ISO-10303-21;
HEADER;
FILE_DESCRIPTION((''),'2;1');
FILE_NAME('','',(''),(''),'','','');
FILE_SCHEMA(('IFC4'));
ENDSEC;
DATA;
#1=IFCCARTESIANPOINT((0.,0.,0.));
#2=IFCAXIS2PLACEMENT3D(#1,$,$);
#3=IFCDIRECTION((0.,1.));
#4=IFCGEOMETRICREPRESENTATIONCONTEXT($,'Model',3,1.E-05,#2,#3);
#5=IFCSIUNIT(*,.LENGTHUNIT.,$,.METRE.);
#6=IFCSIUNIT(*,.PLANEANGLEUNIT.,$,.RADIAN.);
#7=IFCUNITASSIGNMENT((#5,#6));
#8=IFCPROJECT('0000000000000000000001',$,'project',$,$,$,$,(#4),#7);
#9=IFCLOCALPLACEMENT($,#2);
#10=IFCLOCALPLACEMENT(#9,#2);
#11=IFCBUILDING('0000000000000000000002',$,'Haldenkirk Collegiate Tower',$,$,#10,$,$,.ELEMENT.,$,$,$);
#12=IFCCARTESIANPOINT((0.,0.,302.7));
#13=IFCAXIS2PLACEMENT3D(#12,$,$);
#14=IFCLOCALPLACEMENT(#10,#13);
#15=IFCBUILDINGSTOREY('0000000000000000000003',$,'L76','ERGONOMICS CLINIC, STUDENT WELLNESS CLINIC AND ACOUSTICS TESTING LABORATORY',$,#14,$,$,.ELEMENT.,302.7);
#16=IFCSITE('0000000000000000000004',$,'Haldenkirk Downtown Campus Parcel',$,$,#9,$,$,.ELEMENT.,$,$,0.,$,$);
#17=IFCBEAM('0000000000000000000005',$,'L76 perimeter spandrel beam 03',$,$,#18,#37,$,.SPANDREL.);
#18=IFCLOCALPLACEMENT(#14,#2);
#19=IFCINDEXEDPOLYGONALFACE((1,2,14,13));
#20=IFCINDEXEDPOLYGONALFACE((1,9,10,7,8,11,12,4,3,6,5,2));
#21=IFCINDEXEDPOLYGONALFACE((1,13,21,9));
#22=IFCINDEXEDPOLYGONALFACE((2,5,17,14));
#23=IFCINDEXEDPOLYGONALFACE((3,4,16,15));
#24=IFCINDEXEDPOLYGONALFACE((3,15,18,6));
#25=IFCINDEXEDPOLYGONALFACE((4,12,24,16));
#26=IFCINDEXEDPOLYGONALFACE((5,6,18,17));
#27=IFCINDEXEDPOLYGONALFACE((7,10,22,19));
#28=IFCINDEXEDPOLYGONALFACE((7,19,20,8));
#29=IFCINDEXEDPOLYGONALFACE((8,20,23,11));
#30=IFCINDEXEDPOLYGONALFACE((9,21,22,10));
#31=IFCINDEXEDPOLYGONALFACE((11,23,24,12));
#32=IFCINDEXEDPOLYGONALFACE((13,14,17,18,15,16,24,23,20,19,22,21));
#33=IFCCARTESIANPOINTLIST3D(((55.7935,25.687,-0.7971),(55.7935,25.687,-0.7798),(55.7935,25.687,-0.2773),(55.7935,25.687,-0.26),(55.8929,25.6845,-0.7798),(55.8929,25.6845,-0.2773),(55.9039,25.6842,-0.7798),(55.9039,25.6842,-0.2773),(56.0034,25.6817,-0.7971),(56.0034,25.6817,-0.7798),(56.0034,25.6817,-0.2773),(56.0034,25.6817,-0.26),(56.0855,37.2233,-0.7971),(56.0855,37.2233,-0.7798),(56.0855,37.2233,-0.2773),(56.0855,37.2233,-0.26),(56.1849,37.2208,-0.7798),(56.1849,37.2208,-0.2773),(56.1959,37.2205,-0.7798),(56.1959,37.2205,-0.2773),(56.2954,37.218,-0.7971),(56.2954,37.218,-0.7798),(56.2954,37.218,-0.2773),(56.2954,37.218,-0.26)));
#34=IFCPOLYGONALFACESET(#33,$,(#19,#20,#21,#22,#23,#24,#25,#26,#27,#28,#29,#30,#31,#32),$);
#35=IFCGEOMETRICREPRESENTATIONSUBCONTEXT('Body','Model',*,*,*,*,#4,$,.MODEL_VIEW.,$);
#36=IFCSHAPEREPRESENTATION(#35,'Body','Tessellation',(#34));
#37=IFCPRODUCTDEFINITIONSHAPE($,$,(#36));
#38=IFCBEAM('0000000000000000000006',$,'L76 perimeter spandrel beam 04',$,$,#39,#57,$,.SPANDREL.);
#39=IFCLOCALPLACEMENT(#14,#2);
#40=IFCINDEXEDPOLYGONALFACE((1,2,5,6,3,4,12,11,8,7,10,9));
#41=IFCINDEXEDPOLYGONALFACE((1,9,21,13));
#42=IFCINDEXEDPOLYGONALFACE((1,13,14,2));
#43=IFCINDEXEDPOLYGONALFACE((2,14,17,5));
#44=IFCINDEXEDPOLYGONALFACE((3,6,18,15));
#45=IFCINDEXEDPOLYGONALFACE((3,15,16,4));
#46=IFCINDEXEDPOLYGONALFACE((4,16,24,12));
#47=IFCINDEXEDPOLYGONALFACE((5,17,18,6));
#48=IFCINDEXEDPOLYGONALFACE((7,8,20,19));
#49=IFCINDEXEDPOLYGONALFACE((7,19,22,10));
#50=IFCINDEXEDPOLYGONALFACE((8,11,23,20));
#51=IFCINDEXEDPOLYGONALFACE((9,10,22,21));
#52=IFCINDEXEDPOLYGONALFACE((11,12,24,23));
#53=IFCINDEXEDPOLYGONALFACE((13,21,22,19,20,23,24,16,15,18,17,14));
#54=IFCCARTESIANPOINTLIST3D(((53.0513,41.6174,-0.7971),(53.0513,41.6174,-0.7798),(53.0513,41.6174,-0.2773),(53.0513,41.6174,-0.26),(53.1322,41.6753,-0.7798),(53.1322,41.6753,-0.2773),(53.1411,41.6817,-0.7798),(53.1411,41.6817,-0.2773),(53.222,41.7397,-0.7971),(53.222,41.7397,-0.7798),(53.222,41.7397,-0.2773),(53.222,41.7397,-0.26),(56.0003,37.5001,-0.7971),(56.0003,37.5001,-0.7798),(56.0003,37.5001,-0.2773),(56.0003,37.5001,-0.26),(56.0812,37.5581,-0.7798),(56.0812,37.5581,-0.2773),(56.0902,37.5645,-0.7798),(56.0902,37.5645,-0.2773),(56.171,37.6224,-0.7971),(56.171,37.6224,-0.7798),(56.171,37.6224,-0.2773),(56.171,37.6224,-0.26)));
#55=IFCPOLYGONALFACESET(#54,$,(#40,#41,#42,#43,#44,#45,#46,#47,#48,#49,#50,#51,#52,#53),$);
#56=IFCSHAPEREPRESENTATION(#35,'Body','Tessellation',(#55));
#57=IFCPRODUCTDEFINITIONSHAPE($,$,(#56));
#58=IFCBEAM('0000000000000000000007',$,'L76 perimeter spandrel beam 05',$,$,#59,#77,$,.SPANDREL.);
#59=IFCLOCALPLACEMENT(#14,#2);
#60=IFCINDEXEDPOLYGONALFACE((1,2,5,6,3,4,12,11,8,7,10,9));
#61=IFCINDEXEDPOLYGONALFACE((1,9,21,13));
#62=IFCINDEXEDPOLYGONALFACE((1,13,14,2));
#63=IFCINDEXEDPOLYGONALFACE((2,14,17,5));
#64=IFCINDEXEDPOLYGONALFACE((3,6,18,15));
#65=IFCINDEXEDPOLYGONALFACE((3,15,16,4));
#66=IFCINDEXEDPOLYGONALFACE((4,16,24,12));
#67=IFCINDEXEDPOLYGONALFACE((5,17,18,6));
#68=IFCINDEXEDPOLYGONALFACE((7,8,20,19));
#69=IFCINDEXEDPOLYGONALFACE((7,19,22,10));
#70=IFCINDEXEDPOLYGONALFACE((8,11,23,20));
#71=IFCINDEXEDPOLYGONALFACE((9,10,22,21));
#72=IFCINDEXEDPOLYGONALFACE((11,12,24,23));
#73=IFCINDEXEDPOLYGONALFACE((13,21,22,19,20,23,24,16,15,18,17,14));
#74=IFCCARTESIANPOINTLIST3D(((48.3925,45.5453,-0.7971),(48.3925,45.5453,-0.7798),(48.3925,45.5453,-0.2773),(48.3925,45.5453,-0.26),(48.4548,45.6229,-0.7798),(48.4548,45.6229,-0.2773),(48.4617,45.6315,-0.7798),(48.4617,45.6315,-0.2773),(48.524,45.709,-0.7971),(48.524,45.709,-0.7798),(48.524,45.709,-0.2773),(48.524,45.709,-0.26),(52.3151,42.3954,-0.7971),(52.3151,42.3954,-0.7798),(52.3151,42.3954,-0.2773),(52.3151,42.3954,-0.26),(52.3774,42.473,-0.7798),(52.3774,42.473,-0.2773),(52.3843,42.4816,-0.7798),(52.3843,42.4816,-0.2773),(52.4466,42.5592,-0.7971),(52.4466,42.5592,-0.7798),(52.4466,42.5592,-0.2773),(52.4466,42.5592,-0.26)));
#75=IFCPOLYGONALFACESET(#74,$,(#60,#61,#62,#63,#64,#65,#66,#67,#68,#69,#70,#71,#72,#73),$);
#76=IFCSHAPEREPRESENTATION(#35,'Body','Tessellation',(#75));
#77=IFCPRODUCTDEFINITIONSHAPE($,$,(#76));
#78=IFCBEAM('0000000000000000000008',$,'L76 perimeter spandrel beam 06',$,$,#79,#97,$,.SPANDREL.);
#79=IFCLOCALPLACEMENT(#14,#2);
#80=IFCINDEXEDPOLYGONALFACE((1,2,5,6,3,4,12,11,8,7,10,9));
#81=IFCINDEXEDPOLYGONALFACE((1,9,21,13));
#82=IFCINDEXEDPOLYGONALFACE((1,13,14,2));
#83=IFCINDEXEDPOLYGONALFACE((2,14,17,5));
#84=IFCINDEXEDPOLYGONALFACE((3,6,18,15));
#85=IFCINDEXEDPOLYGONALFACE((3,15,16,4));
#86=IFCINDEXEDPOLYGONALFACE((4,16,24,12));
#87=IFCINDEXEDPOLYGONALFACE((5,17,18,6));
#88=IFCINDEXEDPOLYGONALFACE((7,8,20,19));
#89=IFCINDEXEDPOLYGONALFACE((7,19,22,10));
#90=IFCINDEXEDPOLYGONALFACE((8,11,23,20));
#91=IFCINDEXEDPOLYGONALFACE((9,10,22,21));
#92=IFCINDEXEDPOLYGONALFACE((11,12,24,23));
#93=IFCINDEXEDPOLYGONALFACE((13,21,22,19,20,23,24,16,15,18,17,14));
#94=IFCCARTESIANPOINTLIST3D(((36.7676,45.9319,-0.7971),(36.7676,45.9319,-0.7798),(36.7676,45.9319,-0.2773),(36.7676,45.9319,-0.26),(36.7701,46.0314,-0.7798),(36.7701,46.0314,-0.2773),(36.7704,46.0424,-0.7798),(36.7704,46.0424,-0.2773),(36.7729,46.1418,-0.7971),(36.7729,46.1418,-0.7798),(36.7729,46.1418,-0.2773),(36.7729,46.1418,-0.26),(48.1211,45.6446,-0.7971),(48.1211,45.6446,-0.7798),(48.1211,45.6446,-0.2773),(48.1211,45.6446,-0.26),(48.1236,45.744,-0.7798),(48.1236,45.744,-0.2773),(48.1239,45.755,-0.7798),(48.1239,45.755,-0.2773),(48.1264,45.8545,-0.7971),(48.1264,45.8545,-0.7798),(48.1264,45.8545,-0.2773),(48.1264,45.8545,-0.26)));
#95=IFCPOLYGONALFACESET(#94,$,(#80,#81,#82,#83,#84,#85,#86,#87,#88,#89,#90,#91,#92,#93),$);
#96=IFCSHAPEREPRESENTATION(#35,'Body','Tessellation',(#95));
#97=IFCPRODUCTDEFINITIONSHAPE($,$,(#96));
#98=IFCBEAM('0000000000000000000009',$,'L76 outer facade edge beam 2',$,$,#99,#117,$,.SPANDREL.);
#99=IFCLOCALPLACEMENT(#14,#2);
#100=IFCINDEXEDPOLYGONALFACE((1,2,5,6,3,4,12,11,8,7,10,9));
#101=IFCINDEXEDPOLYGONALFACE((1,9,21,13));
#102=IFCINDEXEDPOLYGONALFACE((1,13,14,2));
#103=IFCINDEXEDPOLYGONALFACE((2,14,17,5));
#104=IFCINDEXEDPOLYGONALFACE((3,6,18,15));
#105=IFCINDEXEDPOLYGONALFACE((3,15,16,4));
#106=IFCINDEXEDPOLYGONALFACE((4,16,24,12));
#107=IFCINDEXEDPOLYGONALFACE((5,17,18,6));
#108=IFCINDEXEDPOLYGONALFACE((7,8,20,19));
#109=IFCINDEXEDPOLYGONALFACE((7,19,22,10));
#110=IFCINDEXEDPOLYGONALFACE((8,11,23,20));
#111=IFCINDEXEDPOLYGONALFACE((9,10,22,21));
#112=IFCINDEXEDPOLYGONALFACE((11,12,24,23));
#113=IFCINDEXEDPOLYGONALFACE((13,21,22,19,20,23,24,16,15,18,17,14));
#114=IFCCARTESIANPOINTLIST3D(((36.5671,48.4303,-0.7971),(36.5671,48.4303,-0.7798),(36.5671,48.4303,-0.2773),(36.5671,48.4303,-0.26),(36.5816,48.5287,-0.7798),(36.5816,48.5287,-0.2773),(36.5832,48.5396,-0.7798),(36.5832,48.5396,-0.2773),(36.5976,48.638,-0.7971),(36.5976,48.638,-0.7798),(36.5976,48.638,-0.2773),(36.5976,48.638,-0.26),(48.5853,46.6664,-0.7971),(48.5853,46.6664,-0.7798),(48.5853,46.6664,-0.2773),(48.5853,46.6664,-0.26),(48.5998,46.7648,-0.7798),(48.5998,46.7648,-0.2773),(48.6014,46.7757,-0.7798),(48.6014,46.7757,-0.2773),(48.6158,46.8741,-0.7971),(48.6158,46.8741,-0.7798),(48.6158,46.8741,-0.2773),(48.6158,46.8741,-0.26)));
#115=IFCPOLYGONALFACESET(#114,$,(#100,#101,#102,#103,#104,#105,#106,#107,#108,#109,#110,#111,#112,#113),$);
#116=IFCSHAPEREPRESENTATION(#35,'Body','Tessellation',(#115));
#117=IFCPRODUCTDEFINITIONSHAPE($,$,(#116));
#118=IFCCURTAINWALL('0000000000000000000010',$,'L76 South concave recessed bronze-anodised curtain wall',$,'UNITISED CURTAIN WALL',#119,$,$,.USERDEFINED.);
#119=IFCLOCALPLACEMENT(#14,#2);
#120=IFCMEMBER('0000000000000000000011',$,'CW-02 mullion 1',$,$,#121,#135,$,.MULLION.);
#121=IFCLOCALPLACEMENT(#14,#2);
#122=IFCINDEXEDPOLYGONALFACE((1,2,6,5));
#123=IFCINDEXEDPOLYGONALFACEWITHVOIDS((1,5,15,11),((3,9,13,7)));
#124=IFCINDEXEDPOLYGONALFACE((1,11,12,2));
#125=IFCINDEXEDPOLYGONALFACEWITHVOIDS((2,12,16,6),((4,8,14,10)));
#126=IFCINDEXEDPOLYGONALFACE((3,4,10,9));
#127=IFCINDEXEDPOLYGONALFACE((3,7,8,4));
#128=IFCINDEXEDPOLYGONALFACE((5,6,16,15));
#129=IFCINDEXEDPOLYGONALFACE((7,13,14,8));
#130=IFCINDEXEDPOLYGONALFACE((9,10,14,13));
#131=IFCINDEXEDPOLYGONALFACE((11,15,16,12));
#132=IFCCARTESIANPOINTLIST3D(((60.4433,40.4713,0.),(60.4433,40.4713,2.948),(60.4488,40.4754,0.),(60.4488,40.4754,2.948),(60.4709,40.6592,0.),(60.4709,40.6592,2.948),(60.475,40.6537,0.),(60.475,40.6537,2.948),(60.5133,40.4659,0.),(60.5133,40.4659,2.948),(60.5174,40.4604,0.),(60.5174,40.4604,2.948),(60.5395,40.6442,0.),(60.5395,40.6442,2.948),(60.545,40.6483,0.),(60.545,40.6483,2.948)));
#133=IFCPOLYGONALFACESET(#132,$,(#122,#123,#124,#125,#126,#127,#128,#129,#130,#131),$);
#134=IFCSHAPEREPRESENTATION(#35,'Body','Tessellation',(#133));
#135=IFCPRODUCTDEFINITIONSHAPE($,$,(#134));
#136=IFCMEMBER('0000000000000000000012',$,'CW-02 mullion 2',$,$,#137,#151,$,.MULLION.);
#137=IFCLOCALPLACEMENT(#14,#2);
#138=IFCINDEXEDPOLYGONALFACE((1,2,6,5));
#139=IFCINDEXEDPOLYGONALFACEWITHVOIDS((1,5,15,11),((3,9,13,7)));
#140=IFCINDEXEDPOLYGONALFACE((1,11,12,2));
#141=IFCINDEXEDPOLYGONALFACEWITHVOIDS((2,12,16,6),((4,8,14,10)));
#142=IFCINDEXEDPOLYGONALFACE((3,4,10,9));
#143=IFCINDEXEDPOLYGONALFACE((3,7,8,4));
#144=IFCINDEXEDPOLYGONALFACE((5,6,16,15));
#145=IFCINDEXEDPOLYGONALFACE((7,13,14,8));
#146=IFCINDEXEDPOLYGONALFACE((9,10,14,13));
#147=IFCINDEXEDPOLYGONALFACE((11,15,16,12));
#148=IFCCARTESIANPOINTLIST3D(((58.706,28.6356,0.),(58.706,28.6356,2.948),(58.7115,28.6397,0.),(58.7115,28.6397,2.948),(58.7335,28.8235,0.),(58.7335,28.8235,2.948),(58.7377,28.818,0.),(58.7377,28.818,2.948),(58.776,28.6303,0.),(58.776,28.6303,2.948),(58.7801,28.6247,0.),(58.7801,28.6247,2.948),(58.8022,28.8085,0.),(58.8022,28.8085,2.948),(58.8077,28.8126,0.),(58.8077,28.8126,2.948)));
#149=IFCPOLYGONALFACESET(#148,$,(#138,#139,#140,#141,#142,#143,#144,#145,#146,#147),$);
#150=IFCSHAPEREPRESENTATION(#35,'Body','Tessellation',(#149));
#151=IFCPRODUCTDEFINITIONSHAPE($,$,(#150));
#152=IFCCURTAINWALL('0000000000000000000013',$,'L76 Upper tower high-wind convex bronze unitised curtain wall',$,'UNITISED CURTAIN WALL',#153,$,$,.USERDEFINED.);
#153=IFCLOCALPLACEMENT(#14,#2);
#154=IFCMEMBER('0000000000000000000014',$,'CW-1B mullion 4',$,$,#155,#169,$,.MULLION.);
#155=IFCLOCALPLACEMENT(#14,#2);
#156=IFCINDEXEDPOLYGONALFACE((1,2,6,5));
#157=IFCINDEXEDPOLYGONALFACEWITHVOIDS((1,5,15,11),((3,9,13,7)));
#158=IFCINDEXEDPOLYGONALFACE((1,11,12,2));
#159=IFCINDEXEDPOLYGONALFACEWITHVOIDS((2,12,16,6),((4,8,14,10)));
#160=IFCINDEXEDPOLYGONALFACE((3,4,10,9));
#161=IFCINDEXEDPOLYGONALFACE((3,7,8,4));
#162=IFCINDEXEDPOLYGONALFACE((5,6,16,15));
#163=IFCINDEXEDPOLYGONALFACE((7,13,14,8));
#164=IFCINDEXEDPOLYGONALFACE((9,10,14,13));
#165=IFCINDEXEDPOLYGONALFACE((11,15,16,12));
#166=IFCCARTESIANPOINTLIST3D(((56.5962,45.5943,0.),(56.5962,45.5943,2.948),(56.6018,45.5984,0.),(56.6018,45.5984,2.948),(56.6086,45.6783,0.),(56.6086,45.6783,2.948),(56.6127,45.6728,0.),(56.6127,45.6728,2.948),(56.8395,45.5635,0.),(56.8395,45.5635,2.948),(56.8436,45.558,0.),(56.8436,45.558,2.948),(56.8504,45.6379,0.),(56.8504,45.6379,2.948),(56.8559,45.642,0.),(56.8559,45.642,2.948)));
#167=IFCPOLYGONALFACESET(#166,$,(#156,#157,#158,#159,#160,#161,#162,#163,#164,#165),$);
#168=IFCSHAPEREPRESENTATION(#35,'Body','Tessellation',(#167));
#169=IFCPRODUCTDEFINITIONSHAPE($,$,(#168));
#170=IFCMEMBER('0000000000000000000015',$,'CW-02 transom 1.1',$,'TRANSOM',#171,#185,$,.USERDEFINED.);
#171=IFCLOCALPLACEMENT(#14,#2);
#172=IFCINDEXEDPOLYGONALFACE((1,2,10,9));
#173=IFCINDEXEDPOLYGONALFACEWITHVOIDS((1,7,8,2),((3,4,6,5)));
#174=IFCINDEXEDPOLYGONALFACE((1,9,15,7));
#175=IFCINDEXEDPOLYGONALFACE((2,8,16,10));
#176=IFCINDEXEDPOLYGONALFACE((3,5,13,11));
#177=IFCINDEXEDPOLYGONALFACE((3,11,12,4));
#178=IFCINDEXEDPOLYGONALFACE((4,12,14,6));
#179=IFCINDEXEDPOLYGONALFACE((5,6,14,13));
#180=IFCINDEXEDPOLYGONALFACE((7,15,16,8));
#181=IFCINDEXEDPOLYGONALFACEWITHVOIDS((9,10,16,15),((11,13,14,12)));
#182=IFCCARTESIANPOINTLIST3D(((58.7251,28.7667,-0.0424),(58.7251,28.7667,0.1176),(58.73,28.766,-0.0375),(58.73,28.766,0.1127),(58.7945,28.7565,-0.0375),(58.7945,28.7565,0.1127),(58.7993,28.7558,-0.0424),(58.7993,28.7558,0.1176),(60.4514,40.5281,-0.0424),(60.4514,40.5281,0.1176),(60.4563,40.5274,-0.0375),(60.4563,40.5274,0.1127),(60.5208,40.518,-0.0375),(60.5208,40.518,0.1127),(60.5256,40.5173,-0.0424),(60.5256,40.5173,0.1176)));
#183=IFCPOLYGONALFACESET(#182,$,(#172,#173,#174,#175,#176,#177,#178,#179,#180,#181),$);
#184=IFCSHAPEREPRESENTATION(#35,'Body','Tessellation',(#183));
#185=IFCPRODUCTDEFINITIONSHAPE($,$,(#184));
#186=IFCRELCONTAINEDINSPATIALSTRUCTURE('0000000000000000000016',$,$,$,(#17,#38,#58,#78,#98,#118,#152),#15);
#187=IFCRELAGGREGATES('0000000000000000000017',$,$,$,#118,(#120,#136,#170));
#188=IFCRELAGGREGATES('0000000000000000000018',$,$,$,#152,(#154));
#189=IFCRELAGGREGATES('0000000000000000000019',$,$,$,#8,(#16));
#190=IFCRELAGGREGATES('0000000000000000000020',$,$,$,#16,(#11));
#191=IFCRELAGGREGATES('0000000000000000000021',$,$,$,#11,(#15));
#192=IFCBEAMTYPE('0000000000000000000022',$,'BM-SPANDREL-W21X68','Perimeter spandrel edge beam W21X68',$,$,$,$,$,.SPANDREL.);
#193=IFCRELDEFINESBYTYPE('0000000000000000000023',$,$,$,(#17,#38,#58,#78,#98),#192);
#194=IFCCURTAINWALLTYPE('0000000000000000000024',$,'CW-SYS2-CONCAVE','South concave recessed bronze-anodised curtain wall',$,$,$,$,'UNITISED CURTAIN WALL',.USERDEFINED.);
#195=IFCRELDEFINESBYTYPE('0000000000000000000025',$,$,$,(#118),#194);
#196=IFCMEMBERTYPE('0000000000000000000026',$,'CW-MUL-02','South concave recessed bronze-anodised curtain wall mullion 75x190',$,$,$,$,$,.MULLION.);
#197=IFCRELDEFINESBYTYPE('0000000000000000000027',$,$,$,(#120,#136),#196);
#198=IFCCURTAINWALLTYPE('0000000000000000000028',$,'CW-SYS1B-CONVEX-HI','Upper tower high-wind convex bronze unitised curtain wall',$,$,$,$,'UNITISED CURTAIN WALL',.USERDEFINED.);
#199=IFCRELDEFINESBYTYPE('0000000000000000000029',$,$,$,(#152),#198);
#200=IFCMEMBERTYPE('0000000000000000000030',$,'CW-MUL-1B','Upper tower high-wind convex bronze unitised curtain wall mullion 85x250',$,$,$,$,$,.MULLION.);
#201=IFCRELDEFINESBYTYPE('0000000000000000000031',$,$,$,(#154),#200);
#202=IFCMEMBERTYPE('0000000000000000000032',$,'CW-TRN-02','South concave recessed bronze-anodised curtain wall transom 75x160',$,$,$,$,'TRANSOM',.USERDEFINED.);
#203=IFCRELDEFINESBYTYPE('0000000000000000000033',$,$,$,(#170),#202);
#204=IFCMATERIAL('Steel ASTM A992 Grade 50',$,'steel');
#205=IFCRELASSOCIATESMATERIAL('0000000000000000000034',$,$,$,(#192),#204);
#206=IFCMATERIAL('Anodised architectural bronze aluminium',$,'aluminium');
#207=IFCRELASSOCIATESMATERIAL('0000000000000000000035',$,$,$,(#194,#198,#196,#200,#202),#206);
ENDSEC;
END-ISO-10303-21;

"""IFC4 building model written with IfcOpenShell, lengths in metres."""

from ifc_helpers import new_model, si_unit, direction, frame, origin, origin_2d, place, context, subcontext, project, spatial, hollow_rectangle, i_section, extrude, material, material_profile, profile_set, type_object, element, aggregate, save


model = new_model("IFC4")

# Units and contexts
model_context = context("Model", 3, precision=1e-05, world=origin(), true_north=direction((0.0, 1.0)))
body_context = subcontext(model_context, "Body", "Model", "MODEL_VIEW")
ifc_project = project(units=[si_unit("LENGTHUNIT", "METRE"), si_unit("PLANEANGLEUNIT", "RADIAN")], contexts=[model_context])

# Site, building, storey
site_placement = place(None, origin())
site = spatial("IfcSite", under=ifc_project, at=site_placement, Name="Haldenkirk Downtown Campus Parcel", CompositionType="ELEMENT", RefElevation=0.0)
building_placement = place(site_placement, origin())
building = spatial("IfcBuilding", under=site, at=building_placement, Name="Haldenkirk Collegiate Tower", CompositionType="ELEMENT")
storey_placement = place(building_placement, frame((0.0, 0.0, 302.7)))
storey = spatial("IfcBuildingStorey", under=building, at=storey_placement, Name="L76", Description="ERGONOMICS CLINIC, STUDENT WELLNESS CLINIC AND ACOUSTICS TESTING LABORATORY", CompositionType="ELEMENT", Elevation=302.7)

# Beams
ifc_material_1 = material(Name="Steel ASTM A992 Grade 50", Category="steel")
ifc_material_profile_1 = material_profile(ifc_material_1, i_section(OverallWidth=0.21, OverallDepth=0.5371, WebThickness=0.011, FlangeThickness=0.0173, at=origin_2d()), Name="W21X68")
ifc_profile_set_1 = profile_set([ifc_material_profile_1], Name="Steel ASTM A992 Grade 50")
beam_type_1 = type_object("IfcBeamType", Name="BM-SPANDREL-W21X68", Description="Perimeter spandrel edge beam W21X68", PredefinedType="SPANDREL", material=ifc_profile_set_1)
beam_1_placement = place(storey_placement, frame((55.8984, 25.6843, -0.5286), z_axis=(0.025302, 0.99968, 0.0), x_axis=(-0.99968, 0.025302, 0.0)))
element("IfcBeam", 1, at=beam_1_placement, inside=storey, type_object=beam_type_1, Name="L76 perimeter spandrel beam 03", PredefinedType="SPANDREL", context=body_context, shape_type="SweptSolid", body=[
    extrude(i_section(OverallWidth=0.21, OverallDepth=0.5371, WebThickness=0.011, FlangeThickness=0.0173, at=origin_2d()), origin(), (0.0, 0.0, 1.0), 11.54),
])
beam_2_placement = place(storey_placement, frame((56.0857, 37.5613, -0.5286), z_axis=(-0.5823, 0.812974, 0.0), x_axis=(-0.812974, -0.5823, 0.0)))
element("IfcBeam", 2, at=beam_2_placement, inside=storey, type_object=beam_type_1, Name="L76 perimeter spandrel beam 04", PredefinedType="SPANDREL", context=body_context, shape_type="SweptSolid", body=[
    extrude(i_section(OverallWidth=0.21, OverallDepth=0.5371, WebThickness=0.011, FlangeThickness=0.0173, at=origin_2d()), origin(), (0.0, 0.0, 1.0), 5.0645),
])
beam_3_placement = place(storey_placement, frame((52.3809, 42.4773, -0.5286), z_axis=(-0.779722, 0.626126, 0.0), x_axis=(-0.626126, -0.779722, 0.0)))
element("IfcBeam", 3, at=beam_3_placement, inside=storey, type_object=beam_type_1, Name="L76 perimeter spandrel beam 05", PredefinedType="SPANDREL", context=body_context, shape_type="SweptSolid", body=[
    extrude(i_section(OverallWidth=0.21, OverallDepth=0.5371, WebThickness=0.011, FlangeThickness=0.0173, at=origin_2d()), origin(), (0.0, 0.0, 1.0), 5.0308),
])
beam_4_placement = place(storey_placement, frame((48.1238, 45.7495, -0.5286), z_axis=(-0.99968, 0.025302, 0.0), x_axis=(-0.025302, -0.99968, 0.0)))
element("IfcBeam", 4, at=beam_4_placement, inside=storey, type_object=beam_type_1, Name="L76 perimeter spandrel beam 06", PredefinedType="SPANDREL", context=body_context, shape_type="SweptSolid", body=[
    extrude(i_section(OverallWidth=0.21, OverallDepth=0.5371, WebThickness=0.011, FlangeThickness=0.0173, at=origin_2d()), origin(), (0.0, 0.0, 1.0), 11.3572),
])
beam_5_placement = place(storey_placement, frame((48.6006, 46.7703, -0.5286), z_axis=(-0.9894, 0.145213, 0.0), x_axis=(-0.145213, -0.9894, 0.0)))
element("IfcBeam", 5, at=beam_5_placement, inside=storey, type_object=beam_type_1, Name="L76 outer facade edge beam 2", PredefinedType="SPANDREL", context=body_context, shape_type="SweptSolid", body=[
    extrude(i_section(OverallWidth=0.21, OverallDepth=0.5371, WebThickness=0.011, FlangeThickness=0.0173, at=origin_2d()), origin(), (0.0, 0.0, 1.0), 12.147),
])

# Curtain wall, members
ifc_material_2 = material(Name="Anodised architectural bronze aluminium", Category="aluminium")
curtain_wall_type_1 = type_object("IfcCurtainWallType", Name="CW-SYS2-CONCAVE", Description="South concave recessed bronze-anodised curtain wall", ElementType="UNITISED CURTAIN WALL", PredefinedType="USERDEFINED", material=ifc_material_2)
curtain_wall_1_placement = place(storey_placement, origin())
curtain_wall_1 = element("IfcCurtainWall", 6, at=curtain_wall_1_placement, inside=storey, type_object=curtain_wall_type_1, Name="L76 South concave recessed bronze-anodised curtain wall", ObjectType="UNITISED CURTAIN WALL", PredefinedType="USERDEFINED")
ifc_material_profile_2 = material_profile(ifc_material_2, hollow_rectangle(XDim=0.075, YDim=0.1899, WallThickness=0.0049, at=origin_2d()), Name="CW-MUL-02")
ifc_profile_set_2 = profile_set([ifc_material_profile_2], Name="Anodised architectural bronze aluminium")
member_type_1 = type_object("IfcMemberType", Name="CW-MUL-02", Description="South concave recessed bronze-anodised curtain wall mullion 75x190", PredefinedType="MULLION", material=ifc_profile_set_2)
member_1_placement = place(storey_placement, frame((60.4941, 40.5598, 0.0), z_axis=(0.0, 0.0, 1.0), x_axis=(0.989399, -0.14522, 0.0)))
member_1 = element("IfcMember", 7, at=member_1_placement, type_object=member_type_1, Name="CW-02 mullion 1", PredefinedType="MULLION", context=body_context, shape_type="SweptSolid", body=[
    extrude(hollow_rectangle(XDim=0.075, YDim=0.1899, WallThickness=0.0049, at=origin_2d()), origin(), (0.0, 0.0, 1.0), 2.948),
])
member_2_placement = place(storey_placement, frame((58.7568, 28.7241, 0.0), z_axis=(0.0, 0.0, 1.0), x_axis=(0.989399, -0.14522, 0.0)))
member_2 = element("IfcMember", 8, at=member_2_placement, type_object=member_type_1, Name="CW-02 mullion 2", PredefinedType="MULLION", context=body_context, shape_type="SweptSolid", body=[
    extrude(hollow_rectangle(XDim=0.075, YDim=0.1899, WallThickness=0.0049, at=origin_2d()), origin(), (0.0, 0.0, 1.0), 2.948),
])

# Curtain wall, member
curtain_wall_type_2 = type_object("IfcCurtainWallType", Name="CW-SYS1B-CONVEX-HI", Description="Upper tower high-wind convex bronze unitised curtain wall", ElementType="UNITISED CURTAIN WALL", PredefinedType="USERDEFINED", material=ifc_material_2)
curtain_wall_2_placement = place(storey_placement, origin())
curtain_wall_2 = element("IfcCurtainWall", 9, at=curtain_wall_2_placement, inside=storey, type_object=curtain_wall_type_2, Name="L76 Upper tower high-wind convex bronze unitised curtain wall", ObjectType="UNITISED CURTAIN WALL", PredefinedType="USERDEFINED")
ifc_material_profile_3 = material_profile(ifc_material_2, hollow_rectangle(XDim=0.085, YDim=0.25, WallThickness=0.0049, at=origin_2d()), Name="CW-MUL-1B")
ifc_profile_set_3 = profile_set([ifc_material_profile_3], Name="Anodised architectural bronze aluminium")
member_type_2 = type_object("IfcMemberType", Name="CW-MUL-1B", Description="Upper tower high-wind convex bronze unitised curtain wall mullion 85x250", PredefinedType="MULLION", material=ifc_profile_set_3)
member_3_placement = place(storey_placement, frame((56.7261, 45.6182, 0.0), z_axis=(0.0, 0.0, 1.0), x_axis=(0.14522, 0.989399, 0.0)))
member_3 = element("IfcMember", 10, at=member_3_placement, type_object=member_type_2, Name="CW-1B mullion 4", PredefinedType="MULLION", context=body_context, shape_type="SweptSolid", body=[
    extrude(hollow_rectangle(XDim=0.085, YDim=0.25, WallThickness=0.0049, at=origin_2d()), origin(), (0.0, 0.0, 1.0), 2.948),
])

# Member
ifc_material_profile_4 = material_profile(ifc_material_2, hollow_rectangle(XDim=0.075, YDim=0.1599, WallThickness=0.0049, at=origin_2d()), Name="CW-TRN-02")
ifc_profile_set_4 = profile_set([ifc_material_profile_4], Name="Anodised architectural bronze aluminium")
member_type_3 = type_object("IfcMemberType", Name="CW-TRN-02", Description="South concave recessed bronze-anodised curtain wall transom 75x160", ElementType="TRANSOM", PredefinedType="USERDEFINED", material=ifc_profile_set_4)
member_4_placement = place(storey_placement, frame((60.4885, 40.5227, 0.0376), z_axis=(-0.145221, -0.989399, 0.0), x_axis=(0.989399, -0.145221, 0.0)))
member_4 = element("IfcMember", 11, at=member_4_placement, type_object=member_type_3, Name="CW-02 transom 1.1", ObjectType="TRANSOM", PredefinedType="USERDEFINED", context=body_context, shape_type="SweptSolid", body=[
    extrude(hollow_rectangle(XDim=0.075, YDim=0.1599, WallThickness=0.0049, at=origin_2d()), origin(), (0.0, 0.0, 1.0), 11.8875),
])

aggregate(curtain_wall_1, [member_1, member_2, member_4])
aggregate(curtain_wall_2, [member_3])

save(model, "model.ifc")
